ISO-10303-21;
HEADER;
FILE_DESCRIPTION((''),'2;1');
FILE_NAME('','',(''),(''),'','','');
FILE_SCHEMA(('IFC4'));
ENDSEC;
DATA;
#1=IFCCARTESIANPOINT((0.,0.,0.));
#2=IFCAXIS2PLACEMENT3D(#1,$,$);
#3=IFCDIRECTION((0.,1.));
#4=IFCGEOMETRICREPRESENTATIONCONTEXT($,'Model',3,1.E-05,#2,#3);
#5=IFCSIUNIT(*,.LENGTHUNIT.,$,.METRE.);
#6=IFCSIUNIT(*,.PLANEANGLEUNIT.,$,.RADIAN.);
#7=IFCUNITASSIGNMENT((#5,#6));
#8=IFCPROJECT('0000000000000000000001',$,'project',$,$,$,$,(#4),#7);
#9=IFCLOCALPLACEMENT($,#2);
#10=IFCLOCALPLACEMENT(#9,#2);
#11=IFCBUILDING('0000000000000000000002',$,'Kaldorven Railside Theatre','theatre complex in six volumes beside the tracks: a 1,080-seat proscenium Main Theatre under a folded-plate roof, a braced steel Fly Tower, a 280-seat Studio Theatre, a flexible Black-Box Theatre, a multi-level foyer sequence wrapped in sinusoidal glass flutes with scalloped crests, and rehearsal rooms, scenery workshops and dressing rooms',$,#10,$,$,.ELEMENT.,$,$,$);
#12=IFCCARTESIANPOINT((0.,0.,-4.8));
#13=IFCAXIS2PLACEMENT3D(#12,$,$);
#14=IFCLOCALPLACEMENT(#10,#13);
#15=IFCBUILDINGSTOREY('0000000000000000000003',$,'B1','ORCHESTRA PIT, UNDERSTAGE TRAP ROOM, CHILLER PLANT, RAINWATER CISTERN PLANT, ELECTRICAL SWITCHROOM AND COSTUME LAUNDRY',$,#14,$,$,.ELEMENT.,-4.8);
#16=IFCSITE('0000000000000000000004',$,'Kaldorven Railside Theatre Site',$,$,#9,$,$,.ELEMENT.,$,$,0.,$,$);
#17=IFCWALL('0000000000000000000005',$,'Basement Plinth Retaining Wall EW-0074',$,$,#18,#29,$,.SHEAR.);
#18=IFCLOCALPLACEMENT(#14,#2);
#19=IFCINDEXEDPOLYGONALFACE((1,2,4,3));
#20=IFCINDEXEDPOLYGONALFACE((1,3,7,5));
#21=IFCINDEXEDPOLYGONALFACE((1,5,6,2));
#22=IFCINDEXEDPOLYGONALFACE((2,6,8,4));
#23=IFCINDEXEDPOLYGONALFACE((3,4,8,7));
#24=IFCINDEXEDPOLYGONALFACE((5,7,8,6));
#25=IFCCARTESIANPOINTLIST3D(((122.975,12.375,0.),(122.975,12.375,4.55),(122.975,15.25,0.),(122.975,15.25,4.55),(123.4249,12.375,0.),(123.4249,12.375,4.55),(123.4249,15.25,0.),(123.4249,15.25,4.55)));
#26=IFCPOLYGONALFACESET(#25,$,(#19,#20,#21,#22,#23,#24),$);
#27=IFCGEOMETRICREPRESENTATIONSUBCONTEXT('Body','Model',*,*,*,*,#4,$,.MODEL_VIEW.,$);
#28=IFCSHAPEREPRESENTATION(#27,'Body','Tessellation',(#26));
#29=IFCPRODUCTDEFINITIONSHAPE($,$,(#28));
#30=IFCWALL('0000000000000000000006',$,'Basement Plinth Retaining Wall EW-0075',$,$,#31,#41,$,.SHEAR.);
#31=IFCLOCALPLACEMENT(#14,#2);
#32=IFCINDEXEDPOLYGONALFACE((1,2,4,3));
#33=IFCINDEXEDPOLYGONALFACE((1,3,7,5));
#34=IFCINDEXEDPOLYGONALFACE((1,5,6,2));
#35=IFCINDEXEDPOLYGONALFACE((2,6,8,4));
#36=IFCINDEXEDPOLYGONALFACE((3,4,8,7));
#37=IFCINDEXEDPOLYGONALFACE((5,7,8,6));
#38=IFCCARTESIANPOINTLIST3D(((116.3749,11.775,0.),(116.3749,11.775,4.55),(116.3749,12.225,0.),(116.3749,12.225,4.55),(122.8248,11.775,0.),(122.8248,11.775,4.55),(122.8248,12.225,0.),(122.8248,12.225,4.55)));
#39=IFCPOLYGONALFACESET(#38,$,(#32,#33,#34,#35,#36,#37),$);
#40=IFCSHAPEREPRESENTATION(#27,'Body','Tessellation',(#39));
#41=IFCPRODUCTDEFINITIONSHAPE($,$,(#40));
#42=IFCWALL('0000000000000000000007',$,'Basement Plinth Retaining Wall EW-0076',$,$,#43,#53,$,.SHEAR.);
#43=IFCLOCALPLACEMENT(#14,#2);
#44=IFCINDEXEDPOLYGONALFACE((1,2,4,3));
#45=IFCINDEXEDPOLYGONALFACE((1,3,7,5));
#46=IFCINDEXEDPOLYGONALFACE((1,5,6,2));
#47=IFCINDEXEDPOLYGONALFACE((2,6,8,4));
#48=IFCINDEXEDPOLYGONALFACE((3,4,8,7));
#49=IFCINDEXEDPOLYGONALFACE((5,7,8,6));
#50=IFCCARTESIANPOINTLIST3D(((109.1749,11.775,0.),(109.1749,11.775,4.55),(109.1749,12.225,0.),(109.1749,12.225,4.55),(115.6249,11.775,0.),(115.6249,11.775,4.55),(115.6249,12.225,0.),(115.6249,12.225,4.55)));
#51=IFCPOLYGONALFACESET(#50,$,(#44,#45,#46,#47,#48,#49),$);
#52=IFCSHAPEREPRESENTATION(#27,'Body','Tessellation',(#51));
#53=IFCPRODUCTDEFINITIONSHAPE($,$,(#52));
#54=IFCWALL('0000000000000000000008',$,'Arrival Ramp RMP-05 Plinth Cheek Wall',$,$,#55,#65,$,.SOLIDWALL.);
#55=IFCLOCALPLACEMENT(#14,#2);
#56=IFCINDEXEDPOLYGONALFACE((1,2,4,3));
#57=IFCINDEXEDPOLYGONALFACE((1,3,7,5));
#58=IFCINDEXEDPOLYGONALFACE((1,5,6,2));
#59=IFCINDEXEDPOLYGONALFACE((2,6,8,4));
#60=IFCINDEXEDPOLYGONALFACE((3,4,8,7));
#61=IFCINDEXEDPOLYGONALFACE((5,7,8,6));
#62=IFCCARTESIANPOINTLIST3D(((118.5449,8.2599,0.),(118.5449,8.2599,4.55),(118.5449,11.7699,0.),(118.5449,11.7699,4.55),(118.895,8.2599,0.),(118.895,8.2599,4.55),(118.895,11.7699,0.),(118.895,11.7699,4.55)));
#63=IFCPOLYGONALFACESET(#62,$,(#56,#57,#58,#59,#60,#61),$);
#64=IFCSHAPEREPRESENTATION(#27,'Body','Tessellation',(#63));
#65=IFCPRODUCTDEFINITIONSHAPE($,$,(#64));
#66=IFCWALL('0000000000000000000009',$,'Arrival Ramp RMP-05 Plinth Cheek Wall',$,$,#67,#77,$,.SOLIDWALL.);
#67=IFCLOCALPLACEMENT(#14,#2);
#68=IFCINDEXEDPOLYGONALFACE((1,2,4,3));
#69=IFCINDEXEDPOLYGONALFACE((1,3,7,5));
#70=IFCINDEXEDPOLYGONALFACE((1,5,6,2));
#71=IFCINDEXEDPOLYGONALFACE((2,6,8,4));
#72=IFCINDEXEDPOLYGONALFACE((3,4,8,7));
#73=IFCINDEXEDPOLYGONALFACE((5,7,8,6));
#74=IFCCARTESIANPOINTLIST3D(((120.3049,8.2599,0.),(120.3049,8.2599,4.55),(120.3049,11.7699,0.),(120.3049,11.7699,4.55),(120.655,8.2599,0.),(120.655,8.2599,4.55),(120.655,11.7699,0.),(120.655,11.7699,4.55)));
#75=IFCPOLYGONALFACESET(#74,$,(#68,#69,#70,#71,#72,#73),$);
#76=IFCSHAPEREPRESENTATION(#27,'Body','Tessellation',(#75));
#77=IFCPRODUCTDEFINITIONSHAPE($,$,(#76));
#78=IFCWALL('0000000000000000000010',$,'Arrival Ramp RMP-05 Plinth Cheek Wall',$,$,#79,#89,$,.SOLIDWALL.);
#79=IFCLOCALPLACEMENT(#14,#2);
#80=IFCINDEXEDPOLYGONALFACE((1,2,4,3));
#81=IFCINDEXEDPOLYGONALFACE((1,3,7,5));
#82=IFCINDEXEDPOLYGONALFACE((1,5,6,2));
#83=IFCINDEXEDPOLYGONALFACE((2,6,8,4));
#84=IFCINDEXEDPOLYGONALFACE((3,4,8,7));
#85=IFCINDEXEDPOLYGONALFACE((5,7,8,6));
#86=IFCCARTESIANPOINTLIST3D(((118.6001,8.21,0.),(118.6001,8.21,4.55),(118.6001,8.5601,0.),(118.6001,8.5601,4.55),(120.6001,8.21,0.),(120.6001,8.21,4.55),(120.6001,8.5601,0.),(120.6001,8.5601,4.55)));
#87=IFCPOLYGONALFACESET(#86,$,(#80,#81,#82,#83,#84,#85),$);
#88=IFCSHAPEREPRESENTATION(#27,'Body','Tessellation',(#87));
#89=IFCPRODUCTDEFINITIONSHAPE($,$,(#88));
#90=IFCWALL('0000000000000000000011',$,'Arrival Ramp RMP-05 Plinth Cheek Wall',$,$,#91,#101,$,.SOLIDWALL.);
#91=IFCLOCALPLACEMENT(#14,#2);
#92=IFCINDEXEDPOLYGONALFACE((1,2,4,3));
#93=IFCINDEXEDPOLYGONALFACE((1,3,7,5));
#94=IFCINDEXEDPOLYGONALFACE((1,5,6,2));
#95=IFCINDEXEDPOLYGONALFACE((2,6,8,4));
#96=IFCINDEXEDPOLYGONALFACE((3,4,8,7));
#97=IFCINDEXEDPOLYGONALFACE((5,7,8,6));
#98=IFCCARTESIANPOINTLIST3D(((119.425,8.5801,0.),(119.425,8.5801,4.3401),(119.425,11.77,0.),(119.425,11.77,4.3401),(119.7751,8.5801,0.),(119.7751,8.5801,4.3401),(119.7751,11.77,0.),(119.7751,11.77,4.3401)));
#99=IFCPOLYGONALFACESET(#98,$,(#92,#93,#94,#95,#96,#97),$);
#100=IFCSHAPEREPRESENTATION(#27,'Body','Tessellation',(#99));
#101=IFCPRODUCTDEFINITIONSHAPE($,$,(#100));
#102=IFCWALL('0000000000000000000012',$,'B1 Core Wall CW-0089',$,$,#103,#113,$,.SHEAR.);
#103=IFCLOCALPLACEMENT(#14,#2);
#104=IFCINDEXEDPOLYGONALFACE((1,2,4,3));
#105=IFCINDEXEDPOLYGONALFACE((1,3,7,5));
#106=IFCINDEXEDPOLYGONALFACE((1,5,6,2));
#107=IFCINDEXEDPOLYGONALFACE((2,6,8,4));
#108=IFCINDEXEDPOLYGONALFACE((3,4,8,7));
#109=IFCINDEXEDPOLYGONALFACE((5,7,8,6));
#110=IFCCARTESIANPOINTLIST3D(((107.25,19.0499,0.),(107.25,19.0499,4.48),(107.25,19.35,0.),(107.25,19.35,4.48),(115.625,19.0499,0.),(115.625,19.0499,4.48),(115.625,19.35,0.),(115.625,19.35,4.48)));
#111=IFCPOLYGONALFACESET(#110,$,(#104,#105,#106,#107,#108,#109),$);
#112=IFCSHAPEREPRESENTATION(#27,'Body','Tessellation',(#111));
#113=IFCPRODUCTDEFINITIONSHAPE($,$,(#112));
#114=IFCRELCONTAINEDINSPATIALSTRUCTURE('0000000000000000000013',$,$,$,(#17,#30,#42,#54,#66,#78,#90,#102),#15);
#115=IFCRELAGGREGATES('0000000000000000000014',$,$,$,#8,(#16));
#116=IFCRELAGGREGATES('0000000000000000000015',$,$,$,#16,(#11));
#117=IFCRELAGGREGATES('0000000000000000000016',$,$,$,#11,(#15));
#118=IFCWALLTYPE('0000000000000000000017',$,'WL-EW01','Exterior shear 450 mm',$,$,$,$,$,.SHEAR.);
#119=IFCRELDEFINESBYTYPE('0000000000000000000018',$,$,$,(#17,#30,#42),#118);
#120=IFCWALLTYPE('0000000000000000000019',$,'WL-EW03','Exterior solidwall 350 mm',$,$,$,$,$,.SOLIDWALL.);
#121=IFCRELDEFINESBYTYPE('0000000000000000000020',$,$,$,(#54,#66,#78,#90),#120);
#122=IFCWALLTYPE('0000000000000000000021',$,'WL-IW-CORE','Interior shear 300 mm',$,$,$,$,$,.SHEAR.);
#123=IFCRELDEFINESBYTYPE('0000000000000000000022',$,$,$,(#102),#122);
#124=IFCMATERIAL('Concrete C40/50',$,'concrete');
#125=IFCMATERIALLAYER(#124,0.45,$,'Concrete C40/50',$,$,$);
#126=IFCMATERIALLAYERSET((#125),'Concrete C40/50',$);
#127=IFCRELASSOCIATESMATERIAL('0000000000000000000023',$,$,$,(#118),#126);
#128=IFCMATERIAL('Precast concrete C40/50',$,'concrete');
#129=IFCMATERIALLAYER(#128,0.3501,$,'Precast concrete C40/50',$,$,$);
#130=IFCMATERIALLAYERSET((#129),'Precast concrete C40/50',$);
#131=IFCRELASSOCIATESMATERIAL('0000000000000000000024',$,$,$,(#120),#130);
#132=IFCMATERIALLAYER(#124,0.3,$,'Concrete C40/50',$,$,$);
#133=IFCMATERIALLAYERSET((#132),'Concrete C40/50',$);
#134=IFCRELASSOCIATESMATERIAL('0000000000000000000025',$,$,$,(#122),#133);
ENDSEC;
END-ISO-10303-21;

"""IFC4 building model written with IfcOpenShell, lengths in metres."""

from ifc_helpers import new_model, si_unit, direction, frame, frame_2d, origin, place, context, subcontext, project, spatial, rectangle, extrude, material, layer, layer_set, type_object, element, save


model = new_model("IFC4")

# Units and contexts
model_context = context("Model", 3, precision=1e-05, world=origin(), true_north=direction((0.0, 1.0)))
body_context = subcontext(model_context, "Body", "Model", "MODEL_VIEW")
ifc_project = project(units=[si_unit("LENGTHUNIT", "METRE"), si_unit("PLANEANGLEUNIT", "RADIAN")], contexts=[model_context])

# Site, building, storey
site_placement = place(None, origin())
site = spatial("IfcSite", under=ifc_project, at=site_placement, Name="Kaldorven Railside Theatre Site", CompositionType="ELEMENT", RefElevation=0.0)
building_placement = place(site_placement, origin())
building = spatial("IfcBuilding", under=site, at=building_placement, Name="Kaldorven Railside Theatre", Description="theatre complex in six volumes beside the tracks: a 1,080-seat proscenium Main Theatre under a folded-plate roof, a braced steel Fly Tower, a 280-seat Studio Theatre, a flexible Black-Box Theatre, a multi-level foyer sequence wrapped in sinusoidal glass flutes with scalloped crests, and rehearsal rooms, scenery workshops and dressing rooms", CompositionType="ELEMENT")
storey_placement = place(building_placement, frame((0.0, 0.0, -4.8)))
storey = spatial("IfcBuildingStorey", under=building, at=storey_placement, Name="B1", Description="ORCHESTRA PIT, UNDERSTAGE TRAP ROOM, CHILLER PLANT, RAINWATER CISTERN PLANT, ELECTRICAL SWITCHROOM AND COSTUME LAUNDRY", CompositionType="ELEMENT", Elevation=-4.8)

# Shared definitions
ifc_material_1 = material(Name="Concrete C40/50", Category="concrete")

# Walls
ifc_layer_1 = layer(ifc_material_1, 0.45, Name="Concrete C40/50")
ifc_layer_set_1 = layer_set([ifc_layer_1], Name="Concrete C40/50")
wall_type_1 = type_object("IfcWallType", Name="WL-EW01", Description="Exterior shear 450 mm", PredefinedType="SHEAR", material=ifc_layer_set_1)
for number, where, z_axis, x_axis, name in (
    (1, (123.2, 15.25, 0.0), (0.0, 0.0, 1.0), (0.0, -1.0, 0.0), "Basement Plinth Retaining Wall EW-0074"),
):
    element("IfcWall", number, at=place(storey_placement, frame(where, z_axis=z_axis, x_axis=x_axis)), inside=storey, type_object=wall_type_1, Name=name, PredefinedType="SHEAR", context=body_context, shape_type="SweptSolid", body=[
        extrude(rectangle(XDim=2.875, YDim=0.45, at=frame_2d((1.4375, 0.0))), origin(), (0.0, 0.0, 1.0), 4.55),
    ])
for number, where, z_axis, x_axis, name in (
    (2, (122.825, 12.0, 0.0), (0.0, 0.0, 1.0), (-1.0, 0.0, 0.0), "Basement Plinth Retaining Wall EW-0075"),
    (3, (115.625, 12.0, 0.0), (0.0, 0.0, 1.0), (-1.0, 0.0, 0.0), "Basement Plinth Retaining Wall EW-0076"),
):
    element("IfcWall", number, at=place(storey_placement, frame(where, z_axis=z_axis, x_axis=x_axis)), inside=storey, type_object=wall_type_1, Name=name, PredefinedType="SHEAR", context=body_context, shape_type="SweptSolid", body=[
        extrude(rectangle(XDim=6.45, YDim=0.45, at=frame_2d((3.2251, 0.0))), origin(), (0.0, 0.0, 1.0), 4.55),
    ])
ifc_material_2 = material(Name="Precast concrete C40/50", Category="concrete")
ifc_layer_2 = layer(ifc_material_2, 0.3501, Name="Precast concrete C40/50")
ifc_layer_set_2 = layer_set([ifc_layer_2], Name="Precast concrete C40/50")
wall_type_2 = type_object("IfcWallType", Name="WL-EW03", Description="Exterior solidwall 350 mm", PredefinedType="SOLIDWALL", material=ifc_layer_set_2)
for number, where, z_axis, x_axis, name in (
    (4, (118.72, 8.26, 0.0), (0.0, 0.0, 1.0), (0.0, 1.0, 0.0), "Arrival Ramp RMP-05 Plinth Cheek Wall"),
    (5, (120.48, 8.26, 0.0), (0.0, 0.0, 1.0), (0.0, 1.0, 0.0), "Arrival Ramp RMP-05 Plinth Cheek Wall"),
):
    element("IfcWall", number, at=place(storey_placement, frame(where, z_axis=z_axis, x_axis=x_axis)), inside=storey, type_object=wall_type_2, Name=name, PredefinedType="SOLIDWALL", context=body_context, shape_type="SweptSolid", body=[
        extrude(rectangle(XDim=3.51, YDim=0.3501, at=frame_2d((1.7549, 0.0))), origin(), (0.0, 0.0, 1.0), 4.55),
    ])
wall_1_placement = place(storey_placement, frame((118.6001, 8.385, 0.0), z_axis=(0.0, 0.0, 1.0), x_axis=(1.0, 0.0, 0.0)))
element("IfcWall", 6, at=wall_1_placement, inside=storey, type_object=wall_type_2, Name="Arrival Ramp RMP-05 Plinth Cheek Wall", PredefinedType="SOLIDWALL", context=body_context, shape_type="SweptSolid", body=[
    extrude(rectangle(XDim=2.0, YDim=0.3501, at=frame_2d((1.0, 0.0))), origin(), (0.0, 0.0, 1.0), 4.55),
])
wall_2_placement = place(storey_placement, frame((119.6001, 8.5801, 0.0), z_axis=(0.0, 0.0, 1.0), x_axis=(0.0, 1.0, 0.0)))
element("IfcWall", 7, at=wall_2_placement, inside=storey, type_object=wall_type_2, Name="Arrival Ramp RMP-05 Plinth Cheek Wall", PredefinedType="SOLIDWALL", context=body_context, shape_type="SweptSolid", body=[
    extrude(rectangle(XDim=3.1899, YDim=0.3501, at=frame_2d((1.595, 0.0))), origin(), (0.0, 0.0, 1.0), 4.3401),
])
ifc_layer_3 = layer(ifc_material_1, 0.3, Name="Concrete C40/50")
ifc_layer_set_3 = layer_set([ifc_layer_3], Name="Concrete C40/50")
wall_type_3 = type_object("IfcWallType", Name="WL-IW-CORE", Description="Interior shear 300 mm", PredefinedType="SHEAR", material=ifc_layer_set_3)
wall_3_placement = place(storey_placement, frame((115.625, 19.2, 0.0), z_axis=(0.0, 0.0, 1.0), x_axis=(-1.0, 0.0, 0.0)))
element("IfcWall", 8, at=wall_3_placement, inside=storey, type_object=wall_type_3, Name="B1 Core Wall CW-0089", PredefinedType="SHEAR", context=body_context, shape_type="SweptSolid", body=[
    extrude(rectangle(XDim=8.375, YDim=0.3, at=frame_2d((4.1875, 0.0))), origin(), (0.0, 0.0, 1.0), 4.48),
])

save(model, "model.ifc")
